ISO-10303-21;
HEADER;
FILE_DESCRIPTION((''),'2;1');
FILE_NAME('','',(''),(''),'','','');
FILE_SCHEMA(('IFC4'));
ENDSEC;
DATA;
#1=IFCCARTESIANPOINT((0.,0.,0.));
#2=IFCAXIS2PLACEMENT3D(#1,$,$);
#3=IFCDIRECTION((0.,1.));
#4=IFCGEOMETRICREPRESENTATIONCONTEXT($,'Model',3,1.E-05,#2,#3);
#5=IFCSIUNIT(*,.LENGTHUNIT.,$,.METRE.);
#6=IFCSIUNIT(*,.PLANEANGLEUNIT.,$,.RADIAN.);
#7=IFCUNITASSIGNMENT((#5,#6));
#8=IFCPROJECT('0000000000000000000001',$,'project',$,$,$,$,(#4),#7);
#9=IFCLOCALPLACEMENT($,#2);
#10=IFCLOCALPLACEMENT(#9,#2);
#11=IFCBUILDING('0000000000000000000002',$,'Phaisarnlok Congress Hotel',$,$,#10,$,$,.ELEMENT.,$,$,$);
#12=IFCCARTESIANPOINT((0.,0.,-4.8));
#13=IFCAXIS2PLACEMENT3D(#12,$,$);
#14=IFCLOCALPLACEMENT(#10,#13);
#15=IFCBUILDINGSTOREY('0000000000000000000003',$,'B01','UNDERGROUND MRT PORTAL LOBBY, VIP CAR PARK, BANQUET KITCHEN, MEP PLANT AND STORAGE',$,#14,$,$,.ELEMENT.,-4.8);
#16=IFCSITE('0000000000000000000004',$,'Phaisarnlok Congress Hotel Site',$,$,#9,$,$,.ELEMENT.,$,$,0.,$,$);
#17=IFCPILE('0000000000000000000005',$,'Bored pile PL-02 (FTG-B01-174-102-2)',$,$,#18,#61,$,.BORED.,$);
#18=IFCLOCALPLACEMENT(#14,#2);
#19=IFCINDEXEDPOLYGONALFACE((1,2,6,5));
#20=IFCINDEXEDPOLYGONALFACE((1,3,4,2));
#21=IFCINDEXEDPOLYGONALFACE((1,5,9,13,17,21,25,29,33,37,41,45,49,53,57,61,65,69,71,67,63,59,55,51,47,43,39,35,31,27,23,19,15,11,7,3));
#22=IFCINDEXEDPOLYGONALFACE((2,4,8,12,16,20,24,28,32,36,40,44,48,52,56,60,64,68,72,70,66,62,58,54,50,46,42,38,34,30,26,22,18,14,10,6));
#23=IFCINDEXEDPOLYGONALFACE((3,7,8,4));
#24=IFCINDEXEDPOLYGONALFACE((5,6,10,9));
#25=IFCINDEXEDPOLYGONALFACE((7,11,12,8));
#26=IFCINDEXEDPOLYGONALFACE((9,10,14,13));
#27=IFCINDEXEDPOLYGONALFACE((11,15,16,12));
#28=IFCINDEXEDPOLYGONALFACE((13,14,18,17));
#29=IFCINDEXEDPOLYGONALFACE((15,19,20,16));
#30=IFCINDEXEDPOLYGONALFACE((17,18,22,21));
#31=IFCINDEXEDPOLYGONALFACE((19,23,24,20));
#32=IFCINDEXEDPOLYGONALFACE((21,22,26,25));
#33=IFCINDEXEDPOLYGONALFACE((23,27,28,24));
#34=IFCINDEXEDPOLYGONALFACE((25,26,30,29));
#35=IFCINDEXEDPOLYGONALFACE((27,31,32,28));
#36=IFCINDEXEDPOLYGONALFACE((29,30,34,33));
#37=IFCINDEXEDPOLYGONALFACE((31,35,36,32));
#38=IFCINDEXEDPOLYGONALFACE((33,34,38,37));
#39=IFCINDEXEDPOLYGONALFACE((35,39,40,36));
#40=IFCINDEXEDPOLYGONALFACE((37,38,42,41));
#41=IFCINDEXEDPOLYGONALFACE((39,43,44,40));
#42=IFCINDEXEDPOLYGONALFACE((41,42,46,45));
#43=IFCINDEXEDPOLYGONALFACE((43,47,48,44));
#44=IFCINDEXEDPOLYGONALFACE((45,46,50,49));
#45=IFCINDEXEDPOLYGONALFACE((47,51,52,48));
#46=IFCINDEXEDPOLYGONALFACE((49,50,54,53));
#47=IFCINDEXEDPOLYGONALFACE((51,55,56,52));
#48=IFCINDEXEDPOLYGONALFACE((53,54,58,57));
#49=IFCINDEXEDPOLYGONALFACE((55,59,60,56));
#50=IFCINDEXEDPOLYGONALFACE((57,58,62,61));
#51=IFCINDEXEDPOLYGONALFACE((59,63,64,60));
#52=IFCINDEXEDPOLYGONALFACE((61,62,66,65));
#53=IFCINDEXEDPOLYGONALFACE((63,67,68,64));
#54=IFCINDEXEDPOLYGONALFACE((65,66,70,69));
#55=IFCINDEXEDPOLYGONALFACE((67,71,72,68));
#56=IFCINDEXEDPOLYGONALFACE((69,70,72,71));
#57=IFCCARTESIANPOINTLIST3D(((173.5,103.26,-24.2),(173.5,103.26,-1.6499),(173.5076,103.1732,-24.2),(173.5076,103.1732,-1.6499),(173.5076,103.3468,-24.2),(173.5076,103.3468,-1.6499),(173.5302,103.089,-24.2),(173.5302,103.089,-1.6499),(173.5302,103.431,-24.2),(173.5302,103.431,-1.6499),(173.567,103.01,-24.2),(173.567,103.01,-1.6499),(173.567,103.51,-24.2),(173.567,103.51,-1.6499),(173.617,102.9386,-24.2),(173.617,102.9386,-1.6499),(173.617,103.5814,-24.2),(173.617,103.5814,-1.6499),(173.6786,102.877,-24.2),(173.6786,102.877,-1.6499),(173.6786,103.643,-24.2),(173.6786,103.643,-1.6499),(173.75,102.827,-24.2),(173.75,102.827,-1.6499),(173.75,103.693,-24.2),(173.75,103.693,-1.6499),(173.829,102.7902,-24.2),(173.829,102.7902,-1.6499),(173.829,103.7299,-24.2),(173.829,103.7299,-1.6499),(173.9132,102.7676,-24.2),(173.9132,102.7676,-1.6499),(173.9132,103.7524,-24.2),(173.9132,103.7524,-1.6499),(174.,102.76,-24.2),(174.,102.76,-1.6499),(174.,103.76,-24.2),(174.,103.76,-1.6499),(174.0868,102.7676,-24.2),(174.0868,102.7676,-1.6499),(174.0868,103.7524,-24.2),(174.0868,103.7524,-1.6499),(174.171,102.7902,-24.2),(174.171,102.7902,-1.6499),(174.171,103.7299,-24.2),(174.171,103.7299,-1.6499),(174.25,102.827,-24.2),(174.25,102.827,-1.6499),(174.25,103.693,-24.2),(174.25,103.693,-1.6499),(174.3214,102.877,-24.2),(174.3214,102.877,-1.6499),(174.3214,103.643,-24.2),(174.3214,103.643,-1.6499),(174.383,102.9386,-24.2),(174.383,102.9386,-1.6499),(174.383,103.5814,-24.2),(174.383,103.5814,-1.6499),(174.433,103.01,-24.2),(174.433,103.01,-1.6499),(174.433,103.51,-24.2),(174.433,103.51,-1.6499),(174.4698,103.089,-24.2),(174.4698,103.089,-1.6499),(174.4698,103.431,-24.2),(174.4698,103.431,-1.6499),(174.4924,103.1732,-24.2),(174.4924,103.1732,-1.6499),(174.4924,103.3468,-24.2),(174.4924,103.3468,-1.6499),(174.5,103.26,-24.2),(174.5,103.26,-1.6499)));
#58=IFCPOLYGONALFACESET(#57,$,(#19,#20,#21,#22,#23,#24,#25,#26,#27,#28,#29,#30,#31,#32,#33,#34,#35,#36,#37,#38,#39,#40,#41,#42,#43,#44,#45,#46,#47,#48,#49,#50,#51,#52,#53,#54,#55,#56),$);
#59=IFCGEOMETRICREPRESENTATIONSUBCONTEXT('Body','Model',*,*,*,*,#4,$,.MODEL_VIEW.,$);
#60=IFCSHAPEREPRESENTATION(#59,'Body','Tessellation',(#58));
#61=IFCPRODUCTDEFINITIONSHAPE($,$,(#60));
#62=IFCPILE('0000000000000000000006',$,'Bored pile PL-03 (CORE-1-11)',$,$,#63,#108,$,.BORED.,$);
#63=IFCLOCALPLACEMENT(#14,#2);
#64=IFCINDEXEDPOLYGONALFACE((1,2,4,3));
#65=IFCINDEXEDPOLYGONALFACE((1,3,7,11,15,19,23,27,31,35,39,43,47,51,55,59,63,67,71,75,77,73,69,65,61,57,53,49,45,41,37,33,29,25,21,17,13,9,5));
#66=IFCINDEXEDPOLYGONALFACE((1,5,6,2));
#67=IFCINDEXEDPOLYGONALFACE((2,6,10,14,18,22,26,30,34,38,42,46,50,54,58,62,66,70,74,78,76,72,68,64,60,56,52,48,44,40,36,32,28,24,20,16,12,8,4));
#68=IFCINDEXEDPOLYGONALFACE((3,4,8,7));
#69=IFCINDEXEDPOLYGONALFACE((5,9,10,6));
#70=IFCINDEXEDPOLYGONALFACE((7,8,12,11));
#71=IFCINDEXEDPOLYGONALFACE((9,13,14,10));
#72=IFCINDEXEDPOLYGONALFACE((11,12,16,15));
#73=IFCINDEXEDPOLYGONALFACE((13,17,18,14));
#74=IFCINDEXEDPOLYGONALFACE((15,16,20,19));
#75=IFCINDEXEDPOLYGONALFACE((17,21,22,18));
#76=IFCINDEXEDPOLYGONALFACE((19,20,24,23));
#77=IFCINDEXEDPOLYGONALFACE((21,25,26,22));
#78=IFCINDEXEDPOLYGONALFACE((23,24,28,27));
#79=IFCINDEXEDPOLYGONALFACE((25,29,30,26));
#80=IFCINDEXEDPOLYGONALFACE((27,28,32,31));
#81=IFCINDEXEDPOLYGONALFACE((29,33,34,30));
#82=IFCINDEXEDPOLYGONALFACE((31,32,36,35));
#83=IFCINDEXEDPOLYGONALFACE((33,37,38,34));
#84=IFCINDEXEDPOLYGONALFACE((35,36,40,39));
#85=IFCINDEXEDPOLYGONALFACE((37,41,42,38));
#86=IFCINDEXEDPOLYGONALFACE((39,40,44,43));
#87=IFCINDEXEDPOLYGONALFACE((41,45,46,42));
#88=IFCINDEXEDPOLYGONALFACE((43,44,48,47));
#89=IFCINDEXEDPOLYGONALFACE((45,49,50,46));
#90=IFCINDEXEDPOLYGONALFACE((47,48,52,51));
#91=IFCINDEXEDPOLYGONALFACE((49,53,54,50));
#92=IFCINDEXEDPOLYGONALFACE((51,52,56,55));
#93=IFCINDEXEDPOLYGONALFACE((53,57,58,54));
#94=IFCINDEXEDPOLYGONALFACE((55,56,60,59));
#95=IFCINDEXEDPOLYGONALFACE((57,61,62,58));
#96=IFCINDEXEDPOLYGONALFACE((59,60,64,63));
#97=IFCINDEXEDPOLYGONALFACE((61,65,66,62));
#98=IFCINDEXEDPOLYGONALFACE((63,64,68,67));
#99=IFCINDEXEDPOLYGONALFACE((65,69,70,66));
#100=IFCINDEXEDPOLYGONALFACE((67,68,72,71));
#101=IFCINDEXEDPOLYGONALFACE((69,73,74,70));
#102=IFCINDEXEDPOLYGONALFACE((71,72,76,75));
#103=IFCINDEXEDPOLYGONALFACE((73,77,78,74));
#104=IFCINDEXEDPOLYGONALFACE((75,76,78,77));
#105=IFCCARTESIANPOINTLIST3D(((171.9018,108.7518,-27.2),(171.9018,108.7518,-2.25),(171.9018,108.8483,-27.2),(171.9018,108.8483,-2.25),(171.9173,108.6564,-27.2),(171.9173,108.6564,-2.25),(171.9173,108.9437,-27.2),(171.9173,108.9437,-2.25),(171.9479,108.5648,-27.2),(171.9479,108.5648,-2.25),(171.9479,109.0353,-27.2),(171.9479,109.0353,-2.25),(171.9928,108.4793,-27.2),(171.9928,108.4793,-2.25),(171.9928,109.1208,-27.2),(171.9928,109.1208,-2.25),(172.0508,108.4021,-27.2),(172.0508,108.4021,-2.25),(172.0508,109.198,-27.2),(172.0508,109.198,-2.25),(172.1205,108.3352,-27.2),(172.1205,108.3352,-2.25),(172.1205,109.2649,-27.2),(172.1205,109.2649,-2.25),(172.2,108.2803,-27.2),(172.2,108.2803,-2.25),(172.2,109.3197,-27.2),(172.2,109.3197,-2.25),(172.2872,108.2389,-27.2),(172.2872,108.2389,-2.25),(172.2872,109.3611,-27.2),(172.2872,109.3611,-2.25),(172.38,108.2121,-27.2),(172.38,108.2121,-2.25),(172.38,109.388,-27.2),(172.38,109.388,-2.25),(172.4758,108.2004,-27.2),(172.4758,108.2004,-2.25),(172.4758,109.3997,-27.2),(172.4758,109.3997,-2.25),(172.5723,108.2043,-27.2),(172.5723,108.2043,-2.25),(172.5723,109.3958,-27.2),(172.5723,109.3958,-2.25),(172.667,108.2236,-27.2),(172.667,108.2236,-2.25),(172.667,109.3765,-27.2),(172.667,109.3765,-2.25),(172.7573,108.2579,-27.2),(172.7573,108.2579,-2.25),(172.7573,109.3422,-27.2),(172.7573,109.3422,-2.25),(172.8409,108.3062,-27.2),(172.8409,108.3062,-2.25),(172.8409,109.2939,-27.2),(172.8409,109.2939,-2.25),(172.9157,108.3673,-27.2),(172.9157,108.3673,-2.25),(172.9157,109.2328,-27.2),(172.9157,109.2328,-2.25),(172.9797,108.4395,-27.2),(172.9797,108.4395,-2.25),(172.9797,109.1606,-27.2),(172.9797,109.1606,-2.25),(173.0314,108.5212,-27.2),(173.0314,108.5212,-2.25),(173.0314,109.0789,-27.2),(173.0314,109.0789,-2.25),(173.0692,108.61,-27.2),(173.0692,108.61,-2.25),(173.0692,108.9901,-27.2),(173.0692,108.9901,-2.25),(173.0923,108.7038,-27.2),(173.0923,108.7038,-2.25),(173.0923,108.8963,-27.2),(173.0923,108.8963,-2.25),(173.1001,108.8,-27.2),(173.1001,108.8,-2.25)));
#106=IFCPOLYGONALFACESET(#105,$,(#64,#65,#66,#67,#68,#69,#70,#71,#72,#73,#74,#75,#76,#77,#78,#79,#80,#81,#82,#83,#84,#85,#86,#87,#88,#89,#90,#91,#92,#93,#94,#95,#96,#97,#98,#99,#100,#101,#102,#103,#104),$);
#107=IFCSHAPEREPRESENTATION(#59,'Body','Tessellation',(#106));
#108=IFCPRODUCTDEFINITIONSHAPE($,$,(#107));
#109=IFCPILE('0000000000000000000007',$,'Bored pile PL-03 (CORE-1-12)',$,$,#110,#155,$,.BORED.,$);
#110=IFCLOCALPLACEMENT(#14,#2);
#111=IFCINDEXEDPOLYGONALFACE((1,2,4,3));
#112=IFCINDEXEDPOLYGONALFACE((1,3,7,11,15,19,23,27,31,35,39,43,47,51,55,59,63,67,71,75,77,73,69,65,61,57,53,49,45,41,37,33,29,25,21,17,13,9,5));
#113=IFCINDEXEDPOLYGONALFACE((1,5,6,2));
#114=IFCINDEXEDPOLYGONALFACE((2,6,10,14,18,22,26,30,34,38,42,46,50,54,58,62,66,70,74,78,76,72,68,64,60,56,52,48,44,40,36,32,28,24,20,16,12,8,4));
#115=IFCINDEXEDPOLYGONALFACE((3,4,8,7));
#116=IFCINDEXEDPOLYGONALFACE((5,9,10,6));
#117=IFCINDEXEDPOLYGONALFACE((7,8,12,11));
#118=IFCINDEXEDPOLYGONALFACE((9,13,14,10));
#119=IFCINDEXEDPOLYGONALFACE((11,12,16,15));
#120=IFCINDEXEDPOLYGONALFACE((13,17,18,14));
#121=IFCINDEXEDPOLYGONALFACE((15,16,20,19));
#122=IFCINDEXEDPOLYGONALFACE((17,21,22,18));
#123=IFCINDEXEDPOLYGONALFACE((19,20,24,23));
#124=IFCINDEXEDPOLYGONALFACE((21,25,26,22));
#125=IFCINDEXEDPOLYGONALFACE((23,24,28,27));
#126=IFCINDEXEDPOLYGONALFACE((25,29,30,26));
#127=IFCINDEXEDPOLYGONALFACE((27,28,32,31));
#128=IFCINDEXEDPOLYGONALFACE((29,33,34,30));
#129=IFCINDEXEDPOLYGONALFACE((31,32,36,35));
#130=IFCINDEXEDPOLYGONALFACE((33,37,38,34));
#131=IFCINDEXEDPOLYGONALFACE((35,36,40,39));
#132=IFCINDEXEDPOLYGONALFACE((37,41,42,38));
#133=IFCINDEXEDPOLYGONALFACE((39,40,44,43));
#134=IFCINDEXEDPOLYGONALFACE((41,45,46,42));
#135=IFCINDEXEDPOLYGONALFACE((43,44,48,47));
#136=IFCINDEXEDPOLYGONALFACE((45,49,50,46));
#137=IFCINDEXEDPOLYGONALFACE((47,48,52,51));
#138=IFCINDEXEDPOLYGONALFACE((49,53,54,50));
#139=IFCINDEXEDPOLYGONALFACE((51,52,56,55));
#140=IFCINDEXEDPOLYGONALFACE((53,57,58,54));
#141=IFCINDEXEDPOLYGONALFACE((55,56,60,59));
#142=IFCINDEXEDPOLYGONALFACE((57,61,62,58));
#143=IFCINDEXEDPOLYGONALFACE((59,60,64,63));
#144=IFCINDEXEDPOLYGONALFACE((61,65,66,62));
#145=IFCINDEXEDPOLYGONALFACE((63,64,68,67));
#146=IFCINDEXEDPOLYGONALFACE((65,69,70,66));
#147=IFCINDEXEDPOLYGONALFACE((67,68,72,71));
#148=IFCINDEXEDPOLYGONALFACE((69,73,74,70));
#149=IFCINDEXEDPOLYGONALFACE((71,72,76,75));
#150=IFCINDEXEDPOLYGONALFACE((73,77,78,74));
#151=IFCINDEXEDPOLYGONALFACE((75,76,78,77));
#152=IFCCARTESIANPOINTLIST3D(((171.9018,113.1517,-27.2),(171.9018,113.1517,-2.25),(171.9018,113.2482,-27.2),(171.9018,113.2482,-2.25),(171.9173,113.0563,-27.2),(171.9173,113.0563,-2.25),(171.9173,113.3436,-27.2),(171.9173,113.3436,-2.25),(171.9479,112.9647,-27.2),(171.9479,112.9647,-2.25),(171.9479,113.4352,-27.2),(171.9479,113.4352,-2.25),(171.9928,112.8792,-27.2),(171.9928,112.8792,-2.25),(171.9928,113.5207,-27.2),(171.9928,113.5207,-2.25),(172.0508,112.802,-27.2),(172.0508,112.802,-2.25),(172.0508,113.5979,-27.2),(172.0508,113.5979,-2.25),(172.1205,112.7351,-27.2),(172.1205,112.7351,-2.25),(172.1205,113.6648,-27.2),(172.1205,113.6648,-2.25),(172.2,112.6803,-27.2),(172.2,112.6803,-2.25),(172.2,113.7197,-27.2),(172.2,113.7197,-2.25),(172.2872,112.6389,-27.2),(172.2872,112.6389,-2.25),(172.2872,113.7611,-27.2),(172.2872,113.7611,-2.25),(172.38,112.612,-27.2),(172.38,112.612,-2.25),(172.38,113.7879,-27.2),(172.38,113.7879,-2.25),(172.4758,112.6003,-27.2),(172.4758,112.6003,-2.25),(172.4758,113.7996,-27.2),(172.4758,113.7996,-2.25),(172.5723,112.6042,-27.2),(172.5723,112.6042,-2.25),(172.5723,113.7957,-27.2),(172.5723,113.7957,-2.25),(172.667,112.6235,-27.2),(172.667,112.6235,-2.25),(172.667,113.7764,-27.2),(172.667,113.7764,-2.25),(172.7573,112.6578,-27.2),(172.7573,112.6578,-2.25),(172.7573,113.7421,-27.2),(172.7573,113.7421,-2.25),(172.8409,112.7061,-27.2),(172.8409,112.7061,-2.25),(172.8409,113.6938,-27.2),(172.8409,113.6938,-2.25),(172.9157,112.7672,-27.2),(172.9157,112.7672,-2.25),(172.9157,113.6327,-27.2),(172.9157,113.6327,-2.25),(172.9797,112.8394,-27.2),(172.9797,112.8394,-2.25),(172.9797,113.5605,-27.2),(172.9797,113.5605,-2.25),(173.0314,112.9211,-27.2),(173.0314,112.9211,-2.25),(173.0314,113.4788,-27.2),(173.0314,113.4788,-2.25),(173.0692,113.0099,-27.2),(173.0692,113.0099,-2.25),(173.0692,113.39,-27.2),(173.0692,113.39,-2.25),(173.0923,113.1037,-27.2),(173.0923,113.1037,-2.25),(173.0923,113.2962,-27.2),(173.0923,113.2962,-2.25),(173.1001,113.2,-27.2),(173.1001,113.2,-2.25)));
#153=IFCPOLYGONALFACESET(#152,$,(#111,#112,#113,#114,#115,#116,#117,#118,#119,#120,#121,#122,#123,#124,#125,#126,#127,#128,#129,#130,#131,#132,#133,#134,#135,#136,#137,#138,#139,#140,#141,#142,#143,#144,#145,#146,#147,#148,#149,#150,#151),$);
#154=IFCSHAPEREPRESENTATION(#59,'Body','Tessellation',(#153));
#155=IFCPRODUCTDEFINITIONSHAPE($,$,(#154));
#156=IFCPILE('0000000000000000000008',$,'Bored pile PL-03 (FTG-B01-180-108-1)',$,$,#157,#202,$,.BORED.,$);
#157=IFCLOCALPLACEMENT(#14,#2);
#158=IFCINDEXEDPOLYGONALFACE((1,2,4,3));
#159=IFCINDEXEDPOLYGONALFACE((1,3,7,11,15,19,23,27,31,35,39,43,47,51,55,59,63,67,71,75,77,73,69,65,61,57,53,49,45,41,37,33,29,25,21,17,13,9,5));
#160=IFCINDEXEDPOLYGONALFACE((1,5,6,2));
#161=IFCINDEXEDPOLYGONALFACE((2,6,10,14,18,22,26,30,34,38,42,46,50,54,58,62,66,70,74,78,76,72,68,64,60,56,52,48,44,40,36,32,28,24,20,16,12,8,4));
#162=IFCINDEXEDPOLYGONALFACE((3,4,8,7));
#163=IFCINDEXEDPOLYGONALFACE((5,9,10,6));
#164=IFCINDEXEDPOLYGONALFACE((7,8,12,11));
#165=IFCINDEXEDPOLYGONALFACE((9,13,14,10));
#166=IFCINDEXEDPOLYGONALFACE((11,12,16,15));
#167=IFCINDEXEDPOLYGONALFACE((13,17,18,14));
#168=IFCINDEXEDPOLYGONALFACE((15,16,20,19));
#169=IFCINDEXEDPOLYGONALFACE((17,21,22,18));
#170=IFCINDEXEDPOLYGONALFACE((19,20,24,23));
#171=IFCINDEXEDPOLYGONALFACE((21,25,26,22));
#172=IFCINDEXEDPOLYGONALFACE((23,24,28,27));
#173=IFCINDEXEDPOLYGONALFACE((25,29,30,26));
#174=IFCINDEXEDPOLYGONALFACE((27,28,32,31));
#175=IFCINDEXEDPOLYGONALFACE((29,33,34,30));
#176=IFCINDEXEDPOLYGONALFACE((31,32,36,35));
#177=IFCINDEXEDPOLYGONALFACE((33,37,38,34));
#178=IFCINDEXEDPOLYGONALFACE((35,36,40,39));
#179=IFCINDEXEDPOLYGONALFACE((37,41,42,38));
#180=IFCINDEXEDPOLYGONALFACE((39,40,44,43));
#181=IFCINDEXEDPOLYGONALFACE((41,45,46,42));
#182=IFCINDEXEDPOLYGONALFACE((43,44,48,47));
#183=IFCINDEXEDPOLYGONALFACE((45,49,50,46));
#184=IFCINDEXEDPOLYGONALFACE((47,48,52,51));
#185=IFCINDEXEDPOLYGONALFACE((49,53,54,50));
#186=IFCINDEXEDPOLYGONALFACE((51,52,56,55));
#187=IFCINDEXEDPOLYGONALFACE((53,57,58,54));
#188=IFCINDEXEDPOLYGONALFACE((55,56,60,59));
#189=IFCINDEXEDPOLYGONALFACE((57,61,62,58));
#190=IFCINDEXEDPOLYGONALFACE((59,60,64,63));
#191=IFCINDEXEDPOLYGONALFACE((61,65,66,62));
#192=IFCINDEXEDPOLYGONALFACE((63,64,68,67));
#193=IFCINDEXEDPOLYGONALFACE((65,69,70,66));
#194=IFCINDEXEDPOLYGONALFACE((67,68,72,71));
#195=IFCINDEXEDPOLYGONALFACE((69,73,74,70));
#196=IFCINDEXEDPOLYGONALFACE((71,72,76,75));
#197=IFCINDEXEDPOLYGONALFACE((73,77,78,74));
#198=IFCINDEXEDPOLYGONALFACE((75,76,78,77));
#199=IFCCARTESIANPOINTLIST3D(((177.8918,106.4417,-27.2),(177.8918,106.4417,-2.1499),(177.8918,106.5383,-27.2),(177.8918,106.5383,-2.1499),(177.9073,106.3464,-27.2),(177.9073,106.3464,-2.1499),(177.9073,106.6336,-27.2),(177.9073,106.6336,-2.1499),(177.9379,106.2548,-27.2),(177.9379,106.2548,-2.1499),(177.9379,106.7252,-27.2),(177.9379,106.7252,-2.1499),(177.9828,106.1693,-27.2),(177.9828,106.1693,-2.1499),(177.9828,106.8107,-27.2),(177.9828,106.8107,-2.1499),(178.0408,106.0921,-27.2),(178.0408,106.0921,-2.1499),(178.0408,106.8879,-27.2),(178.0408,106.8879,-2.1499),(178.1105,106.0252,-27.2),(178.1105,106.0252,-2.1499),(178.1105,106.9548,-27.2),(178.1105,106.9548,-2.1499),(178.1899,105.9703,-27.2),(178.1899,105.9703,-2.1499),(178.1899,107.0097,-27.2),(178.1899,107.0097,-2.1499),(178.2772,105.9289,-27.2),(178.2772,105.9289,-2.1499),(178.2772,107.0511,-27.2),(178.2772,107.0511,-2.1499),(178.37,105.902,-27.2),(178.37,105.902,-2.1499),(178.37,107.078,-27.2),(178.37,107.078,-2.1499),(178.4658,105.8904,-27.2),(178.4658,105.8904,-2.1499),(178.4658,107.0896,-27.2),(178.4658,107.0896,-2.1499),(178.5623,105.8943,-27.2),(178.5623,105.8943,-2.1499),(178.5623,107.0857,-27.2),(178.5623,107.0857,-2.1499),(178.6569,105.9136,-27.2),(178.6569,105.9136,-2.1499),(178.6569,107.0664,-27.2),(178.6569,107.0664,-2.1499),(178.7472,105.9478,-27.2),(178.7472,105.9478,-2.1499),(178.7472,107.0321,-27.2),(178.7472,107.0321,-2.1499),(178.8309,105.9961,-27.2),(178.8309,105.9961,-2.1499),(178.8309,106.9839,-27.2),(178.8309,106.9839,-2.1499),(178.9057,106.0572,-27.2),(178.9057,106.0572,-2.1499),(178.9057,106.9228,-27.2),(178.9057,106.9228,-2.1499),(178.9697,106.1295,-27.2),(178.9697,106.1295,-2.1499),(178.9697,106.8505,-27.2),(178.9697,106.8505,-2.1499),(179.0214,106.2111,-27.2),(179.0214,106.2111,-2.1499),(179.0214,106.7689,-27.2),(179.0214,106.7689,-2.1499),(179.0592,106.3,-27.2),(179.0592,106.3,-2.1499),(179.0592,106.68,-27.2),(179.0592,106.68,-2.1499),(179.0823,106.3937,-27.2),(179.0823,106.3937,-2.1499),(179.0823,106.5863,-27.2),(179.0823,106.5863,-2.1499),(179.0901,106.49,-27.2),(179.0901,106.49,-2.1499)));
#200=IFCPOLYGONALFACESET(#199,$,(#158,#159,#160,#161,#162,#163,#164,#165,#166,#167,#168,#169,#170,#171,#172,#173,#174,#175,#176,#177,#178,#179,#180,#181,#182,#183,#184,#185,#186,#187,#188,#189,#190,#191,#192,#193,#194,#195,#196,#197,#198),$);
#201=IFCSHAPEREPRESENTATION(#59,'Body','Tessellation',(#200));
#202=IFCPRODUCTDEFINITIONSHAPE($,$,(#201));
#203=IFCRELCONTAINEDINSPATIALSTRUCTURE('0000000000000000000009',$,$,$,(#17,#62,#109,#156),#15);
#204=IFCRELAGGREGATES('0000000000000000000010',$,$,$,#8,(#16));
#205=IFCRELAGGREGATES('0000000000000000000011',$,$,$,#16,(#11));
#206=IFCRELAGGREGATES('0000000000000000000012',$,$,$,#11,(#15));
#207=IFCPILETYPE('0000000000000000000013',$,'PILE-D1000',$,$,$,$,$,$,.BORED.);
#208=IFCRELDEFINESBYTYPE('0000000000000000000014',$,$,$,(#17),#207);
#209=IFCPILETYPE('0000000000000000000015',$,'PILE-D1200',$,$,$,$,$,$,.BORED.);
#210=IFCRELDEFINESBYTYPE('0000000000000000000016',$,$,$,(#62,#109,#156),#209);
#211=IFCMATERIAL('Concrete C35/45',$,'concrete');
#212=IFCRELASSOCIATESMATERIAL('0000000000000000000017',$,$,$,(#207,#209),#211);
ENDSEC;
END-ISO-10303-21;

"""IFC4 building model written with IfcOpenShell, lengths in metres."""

from ifc_helpers import new_model, si_unit, direction, frame, origin, origin_2d, place, context, subcontext, project, spatial, circle, extrude, material, material_profile, profile_set, type_object, element, save


model = new_model("IFC4")

# Units and contexts
model_context = context("Model", 3, precision=1e-05, world=origin(), true_north=direction((0.0, 1.0)))
body_context = subcontext(model_context, "Body", "Model", "MODEL_VIEW")
ifc_project = project(units=[si_unit("LENGTHUNIT", "METRE"), si_unit("PLANEANGLEUNIT", "RADIAN")], contexts=[model_context])

# Site, building, storey
site_placement = place(None, origin())
site = spatial("IfcSite", under=ifc_project, at=site_placement, Name="Phaisarnlok Congress Hotel Site", CompositionType="ELEMENT", RefElevation=0.0)
building_placement = place(site_placement, origin())
building = spatial("IfcBuilding", under=site, at=building_placement, Name="Phaisarnlok Congress Hotel", CompositionType="ELEMENT")
storey_placement = place(building_placement, frame((0.0, 0.0, -4.8)))
storey = spatial("IfcBuildingStorey", under=building, at=storey_placement, Name="B01", Description="UNDERGROUND MRT PORTAL LOBBY, VIP CAR PARK, BANQUET KITCHEN, MEP PLANT AND STORAGE", CompositionType="ELEMENT", Elevation=-4.8)

# Piles
ifc_material_1 = material(Name="Concrete C35/45", Category="concrete")
ifc_material_profile_1 = material_profile(ifc_material_1, circle(Radius=0.5, at=origin_2d()), Name="BORED PILE D1000")
ifc_profile_set_1 = profile_set([ifc_material_profile_1], Name="Concrete C35/45")
pile_type_1 = type_object("IfcPileType", Name="PILE-D1000", PredefinedType="BORED", material=ifc_profile_set_1)
for number, where, z_axis, x_axis, name in (
    (1, (174.0, 103.26, -1.6499), (0.0, 0.0, -1.0), (1.0, 0.0, 0.0), "Bored pile PL-02 (FTG-B01-174-102-2)"),
):
    element("IfcPile", number, at=place(storey_placement, frame(where, z_axis=z_axis, x_axis=x_axis)), inside=storey, type_object=pile_type_1, Name=name, PredefinedType="BORED", context=body_context, shape_type="SweptSolid", body=[
        extrude(circle(Radius=0.5, at=origin_2d()), origin(), (0.0, 0.0, 1.0), 22.55),
    ])
ifc_material_profile_2 = material_profile(ifc_material_1, circle(Radius=0.6001, at=origin_2d()), Name="BORED PILE D1200")
ifc_profile_set_2 = profile_set([ifc_material_profile_2], Name="Concrete C35/45")
pile_type_2 = type_object("IfcPileType", Name="PILE-D1200", PredefinedType="BORED", material=ifc_profile_set_2)
for number, where, z_axis, x_axis, name in (
    (2, (172.5, 108.8, -2.25), (0.0, 0.0, -1.0), (1.0, 0.0, 0.0), "Bored pile PL-03 (CORE-1-11)"),
    (3, (172.5, 113.2, -2.25), (0.0, 0.0, -1.0), (1.0, 0.0, 0.0), "Bored pile PL-03 (CORE-1-12)"),
):
    element("IfcPile", number, at=place(storey_placement, frame(where, z_axis=z_axis, x_axis=x_axis)), inside=storey, type_object=pile_type_2, Name=name, PredefinedType="BORED", context=body_context, shape_type="SweptSolid", body=[
        extrude(circle(Radius=0.6001, at=origin_2d()), origin(), (0.0, 0.0, 1.0), 24.95),
    ])
for number, where, z_axis, x_axis, name in (
    (4, (178.49, 106.49, -2.1499), (0.0, 0.0, -1.0), (1.0, 0.0, 0.0), "Bored pile PL-03 (FTG-B01-180-108-1)"),
):
    element("IfcPile", number, at=place(storey_placement, frame(where, z_axis=z_axis, x_axis=x_axis)), inside=storey, type_object=pile_type_2, Name=name, PredefinedType="BORED", context=body_context, shape_type="SweptSolid", body=[
        extrude(circle(Radius=0.6001, at=origin_2d()), origin(), (0.0, 0.0, 1.0), 25.05),
    ])

save(model, "model.ifc")
